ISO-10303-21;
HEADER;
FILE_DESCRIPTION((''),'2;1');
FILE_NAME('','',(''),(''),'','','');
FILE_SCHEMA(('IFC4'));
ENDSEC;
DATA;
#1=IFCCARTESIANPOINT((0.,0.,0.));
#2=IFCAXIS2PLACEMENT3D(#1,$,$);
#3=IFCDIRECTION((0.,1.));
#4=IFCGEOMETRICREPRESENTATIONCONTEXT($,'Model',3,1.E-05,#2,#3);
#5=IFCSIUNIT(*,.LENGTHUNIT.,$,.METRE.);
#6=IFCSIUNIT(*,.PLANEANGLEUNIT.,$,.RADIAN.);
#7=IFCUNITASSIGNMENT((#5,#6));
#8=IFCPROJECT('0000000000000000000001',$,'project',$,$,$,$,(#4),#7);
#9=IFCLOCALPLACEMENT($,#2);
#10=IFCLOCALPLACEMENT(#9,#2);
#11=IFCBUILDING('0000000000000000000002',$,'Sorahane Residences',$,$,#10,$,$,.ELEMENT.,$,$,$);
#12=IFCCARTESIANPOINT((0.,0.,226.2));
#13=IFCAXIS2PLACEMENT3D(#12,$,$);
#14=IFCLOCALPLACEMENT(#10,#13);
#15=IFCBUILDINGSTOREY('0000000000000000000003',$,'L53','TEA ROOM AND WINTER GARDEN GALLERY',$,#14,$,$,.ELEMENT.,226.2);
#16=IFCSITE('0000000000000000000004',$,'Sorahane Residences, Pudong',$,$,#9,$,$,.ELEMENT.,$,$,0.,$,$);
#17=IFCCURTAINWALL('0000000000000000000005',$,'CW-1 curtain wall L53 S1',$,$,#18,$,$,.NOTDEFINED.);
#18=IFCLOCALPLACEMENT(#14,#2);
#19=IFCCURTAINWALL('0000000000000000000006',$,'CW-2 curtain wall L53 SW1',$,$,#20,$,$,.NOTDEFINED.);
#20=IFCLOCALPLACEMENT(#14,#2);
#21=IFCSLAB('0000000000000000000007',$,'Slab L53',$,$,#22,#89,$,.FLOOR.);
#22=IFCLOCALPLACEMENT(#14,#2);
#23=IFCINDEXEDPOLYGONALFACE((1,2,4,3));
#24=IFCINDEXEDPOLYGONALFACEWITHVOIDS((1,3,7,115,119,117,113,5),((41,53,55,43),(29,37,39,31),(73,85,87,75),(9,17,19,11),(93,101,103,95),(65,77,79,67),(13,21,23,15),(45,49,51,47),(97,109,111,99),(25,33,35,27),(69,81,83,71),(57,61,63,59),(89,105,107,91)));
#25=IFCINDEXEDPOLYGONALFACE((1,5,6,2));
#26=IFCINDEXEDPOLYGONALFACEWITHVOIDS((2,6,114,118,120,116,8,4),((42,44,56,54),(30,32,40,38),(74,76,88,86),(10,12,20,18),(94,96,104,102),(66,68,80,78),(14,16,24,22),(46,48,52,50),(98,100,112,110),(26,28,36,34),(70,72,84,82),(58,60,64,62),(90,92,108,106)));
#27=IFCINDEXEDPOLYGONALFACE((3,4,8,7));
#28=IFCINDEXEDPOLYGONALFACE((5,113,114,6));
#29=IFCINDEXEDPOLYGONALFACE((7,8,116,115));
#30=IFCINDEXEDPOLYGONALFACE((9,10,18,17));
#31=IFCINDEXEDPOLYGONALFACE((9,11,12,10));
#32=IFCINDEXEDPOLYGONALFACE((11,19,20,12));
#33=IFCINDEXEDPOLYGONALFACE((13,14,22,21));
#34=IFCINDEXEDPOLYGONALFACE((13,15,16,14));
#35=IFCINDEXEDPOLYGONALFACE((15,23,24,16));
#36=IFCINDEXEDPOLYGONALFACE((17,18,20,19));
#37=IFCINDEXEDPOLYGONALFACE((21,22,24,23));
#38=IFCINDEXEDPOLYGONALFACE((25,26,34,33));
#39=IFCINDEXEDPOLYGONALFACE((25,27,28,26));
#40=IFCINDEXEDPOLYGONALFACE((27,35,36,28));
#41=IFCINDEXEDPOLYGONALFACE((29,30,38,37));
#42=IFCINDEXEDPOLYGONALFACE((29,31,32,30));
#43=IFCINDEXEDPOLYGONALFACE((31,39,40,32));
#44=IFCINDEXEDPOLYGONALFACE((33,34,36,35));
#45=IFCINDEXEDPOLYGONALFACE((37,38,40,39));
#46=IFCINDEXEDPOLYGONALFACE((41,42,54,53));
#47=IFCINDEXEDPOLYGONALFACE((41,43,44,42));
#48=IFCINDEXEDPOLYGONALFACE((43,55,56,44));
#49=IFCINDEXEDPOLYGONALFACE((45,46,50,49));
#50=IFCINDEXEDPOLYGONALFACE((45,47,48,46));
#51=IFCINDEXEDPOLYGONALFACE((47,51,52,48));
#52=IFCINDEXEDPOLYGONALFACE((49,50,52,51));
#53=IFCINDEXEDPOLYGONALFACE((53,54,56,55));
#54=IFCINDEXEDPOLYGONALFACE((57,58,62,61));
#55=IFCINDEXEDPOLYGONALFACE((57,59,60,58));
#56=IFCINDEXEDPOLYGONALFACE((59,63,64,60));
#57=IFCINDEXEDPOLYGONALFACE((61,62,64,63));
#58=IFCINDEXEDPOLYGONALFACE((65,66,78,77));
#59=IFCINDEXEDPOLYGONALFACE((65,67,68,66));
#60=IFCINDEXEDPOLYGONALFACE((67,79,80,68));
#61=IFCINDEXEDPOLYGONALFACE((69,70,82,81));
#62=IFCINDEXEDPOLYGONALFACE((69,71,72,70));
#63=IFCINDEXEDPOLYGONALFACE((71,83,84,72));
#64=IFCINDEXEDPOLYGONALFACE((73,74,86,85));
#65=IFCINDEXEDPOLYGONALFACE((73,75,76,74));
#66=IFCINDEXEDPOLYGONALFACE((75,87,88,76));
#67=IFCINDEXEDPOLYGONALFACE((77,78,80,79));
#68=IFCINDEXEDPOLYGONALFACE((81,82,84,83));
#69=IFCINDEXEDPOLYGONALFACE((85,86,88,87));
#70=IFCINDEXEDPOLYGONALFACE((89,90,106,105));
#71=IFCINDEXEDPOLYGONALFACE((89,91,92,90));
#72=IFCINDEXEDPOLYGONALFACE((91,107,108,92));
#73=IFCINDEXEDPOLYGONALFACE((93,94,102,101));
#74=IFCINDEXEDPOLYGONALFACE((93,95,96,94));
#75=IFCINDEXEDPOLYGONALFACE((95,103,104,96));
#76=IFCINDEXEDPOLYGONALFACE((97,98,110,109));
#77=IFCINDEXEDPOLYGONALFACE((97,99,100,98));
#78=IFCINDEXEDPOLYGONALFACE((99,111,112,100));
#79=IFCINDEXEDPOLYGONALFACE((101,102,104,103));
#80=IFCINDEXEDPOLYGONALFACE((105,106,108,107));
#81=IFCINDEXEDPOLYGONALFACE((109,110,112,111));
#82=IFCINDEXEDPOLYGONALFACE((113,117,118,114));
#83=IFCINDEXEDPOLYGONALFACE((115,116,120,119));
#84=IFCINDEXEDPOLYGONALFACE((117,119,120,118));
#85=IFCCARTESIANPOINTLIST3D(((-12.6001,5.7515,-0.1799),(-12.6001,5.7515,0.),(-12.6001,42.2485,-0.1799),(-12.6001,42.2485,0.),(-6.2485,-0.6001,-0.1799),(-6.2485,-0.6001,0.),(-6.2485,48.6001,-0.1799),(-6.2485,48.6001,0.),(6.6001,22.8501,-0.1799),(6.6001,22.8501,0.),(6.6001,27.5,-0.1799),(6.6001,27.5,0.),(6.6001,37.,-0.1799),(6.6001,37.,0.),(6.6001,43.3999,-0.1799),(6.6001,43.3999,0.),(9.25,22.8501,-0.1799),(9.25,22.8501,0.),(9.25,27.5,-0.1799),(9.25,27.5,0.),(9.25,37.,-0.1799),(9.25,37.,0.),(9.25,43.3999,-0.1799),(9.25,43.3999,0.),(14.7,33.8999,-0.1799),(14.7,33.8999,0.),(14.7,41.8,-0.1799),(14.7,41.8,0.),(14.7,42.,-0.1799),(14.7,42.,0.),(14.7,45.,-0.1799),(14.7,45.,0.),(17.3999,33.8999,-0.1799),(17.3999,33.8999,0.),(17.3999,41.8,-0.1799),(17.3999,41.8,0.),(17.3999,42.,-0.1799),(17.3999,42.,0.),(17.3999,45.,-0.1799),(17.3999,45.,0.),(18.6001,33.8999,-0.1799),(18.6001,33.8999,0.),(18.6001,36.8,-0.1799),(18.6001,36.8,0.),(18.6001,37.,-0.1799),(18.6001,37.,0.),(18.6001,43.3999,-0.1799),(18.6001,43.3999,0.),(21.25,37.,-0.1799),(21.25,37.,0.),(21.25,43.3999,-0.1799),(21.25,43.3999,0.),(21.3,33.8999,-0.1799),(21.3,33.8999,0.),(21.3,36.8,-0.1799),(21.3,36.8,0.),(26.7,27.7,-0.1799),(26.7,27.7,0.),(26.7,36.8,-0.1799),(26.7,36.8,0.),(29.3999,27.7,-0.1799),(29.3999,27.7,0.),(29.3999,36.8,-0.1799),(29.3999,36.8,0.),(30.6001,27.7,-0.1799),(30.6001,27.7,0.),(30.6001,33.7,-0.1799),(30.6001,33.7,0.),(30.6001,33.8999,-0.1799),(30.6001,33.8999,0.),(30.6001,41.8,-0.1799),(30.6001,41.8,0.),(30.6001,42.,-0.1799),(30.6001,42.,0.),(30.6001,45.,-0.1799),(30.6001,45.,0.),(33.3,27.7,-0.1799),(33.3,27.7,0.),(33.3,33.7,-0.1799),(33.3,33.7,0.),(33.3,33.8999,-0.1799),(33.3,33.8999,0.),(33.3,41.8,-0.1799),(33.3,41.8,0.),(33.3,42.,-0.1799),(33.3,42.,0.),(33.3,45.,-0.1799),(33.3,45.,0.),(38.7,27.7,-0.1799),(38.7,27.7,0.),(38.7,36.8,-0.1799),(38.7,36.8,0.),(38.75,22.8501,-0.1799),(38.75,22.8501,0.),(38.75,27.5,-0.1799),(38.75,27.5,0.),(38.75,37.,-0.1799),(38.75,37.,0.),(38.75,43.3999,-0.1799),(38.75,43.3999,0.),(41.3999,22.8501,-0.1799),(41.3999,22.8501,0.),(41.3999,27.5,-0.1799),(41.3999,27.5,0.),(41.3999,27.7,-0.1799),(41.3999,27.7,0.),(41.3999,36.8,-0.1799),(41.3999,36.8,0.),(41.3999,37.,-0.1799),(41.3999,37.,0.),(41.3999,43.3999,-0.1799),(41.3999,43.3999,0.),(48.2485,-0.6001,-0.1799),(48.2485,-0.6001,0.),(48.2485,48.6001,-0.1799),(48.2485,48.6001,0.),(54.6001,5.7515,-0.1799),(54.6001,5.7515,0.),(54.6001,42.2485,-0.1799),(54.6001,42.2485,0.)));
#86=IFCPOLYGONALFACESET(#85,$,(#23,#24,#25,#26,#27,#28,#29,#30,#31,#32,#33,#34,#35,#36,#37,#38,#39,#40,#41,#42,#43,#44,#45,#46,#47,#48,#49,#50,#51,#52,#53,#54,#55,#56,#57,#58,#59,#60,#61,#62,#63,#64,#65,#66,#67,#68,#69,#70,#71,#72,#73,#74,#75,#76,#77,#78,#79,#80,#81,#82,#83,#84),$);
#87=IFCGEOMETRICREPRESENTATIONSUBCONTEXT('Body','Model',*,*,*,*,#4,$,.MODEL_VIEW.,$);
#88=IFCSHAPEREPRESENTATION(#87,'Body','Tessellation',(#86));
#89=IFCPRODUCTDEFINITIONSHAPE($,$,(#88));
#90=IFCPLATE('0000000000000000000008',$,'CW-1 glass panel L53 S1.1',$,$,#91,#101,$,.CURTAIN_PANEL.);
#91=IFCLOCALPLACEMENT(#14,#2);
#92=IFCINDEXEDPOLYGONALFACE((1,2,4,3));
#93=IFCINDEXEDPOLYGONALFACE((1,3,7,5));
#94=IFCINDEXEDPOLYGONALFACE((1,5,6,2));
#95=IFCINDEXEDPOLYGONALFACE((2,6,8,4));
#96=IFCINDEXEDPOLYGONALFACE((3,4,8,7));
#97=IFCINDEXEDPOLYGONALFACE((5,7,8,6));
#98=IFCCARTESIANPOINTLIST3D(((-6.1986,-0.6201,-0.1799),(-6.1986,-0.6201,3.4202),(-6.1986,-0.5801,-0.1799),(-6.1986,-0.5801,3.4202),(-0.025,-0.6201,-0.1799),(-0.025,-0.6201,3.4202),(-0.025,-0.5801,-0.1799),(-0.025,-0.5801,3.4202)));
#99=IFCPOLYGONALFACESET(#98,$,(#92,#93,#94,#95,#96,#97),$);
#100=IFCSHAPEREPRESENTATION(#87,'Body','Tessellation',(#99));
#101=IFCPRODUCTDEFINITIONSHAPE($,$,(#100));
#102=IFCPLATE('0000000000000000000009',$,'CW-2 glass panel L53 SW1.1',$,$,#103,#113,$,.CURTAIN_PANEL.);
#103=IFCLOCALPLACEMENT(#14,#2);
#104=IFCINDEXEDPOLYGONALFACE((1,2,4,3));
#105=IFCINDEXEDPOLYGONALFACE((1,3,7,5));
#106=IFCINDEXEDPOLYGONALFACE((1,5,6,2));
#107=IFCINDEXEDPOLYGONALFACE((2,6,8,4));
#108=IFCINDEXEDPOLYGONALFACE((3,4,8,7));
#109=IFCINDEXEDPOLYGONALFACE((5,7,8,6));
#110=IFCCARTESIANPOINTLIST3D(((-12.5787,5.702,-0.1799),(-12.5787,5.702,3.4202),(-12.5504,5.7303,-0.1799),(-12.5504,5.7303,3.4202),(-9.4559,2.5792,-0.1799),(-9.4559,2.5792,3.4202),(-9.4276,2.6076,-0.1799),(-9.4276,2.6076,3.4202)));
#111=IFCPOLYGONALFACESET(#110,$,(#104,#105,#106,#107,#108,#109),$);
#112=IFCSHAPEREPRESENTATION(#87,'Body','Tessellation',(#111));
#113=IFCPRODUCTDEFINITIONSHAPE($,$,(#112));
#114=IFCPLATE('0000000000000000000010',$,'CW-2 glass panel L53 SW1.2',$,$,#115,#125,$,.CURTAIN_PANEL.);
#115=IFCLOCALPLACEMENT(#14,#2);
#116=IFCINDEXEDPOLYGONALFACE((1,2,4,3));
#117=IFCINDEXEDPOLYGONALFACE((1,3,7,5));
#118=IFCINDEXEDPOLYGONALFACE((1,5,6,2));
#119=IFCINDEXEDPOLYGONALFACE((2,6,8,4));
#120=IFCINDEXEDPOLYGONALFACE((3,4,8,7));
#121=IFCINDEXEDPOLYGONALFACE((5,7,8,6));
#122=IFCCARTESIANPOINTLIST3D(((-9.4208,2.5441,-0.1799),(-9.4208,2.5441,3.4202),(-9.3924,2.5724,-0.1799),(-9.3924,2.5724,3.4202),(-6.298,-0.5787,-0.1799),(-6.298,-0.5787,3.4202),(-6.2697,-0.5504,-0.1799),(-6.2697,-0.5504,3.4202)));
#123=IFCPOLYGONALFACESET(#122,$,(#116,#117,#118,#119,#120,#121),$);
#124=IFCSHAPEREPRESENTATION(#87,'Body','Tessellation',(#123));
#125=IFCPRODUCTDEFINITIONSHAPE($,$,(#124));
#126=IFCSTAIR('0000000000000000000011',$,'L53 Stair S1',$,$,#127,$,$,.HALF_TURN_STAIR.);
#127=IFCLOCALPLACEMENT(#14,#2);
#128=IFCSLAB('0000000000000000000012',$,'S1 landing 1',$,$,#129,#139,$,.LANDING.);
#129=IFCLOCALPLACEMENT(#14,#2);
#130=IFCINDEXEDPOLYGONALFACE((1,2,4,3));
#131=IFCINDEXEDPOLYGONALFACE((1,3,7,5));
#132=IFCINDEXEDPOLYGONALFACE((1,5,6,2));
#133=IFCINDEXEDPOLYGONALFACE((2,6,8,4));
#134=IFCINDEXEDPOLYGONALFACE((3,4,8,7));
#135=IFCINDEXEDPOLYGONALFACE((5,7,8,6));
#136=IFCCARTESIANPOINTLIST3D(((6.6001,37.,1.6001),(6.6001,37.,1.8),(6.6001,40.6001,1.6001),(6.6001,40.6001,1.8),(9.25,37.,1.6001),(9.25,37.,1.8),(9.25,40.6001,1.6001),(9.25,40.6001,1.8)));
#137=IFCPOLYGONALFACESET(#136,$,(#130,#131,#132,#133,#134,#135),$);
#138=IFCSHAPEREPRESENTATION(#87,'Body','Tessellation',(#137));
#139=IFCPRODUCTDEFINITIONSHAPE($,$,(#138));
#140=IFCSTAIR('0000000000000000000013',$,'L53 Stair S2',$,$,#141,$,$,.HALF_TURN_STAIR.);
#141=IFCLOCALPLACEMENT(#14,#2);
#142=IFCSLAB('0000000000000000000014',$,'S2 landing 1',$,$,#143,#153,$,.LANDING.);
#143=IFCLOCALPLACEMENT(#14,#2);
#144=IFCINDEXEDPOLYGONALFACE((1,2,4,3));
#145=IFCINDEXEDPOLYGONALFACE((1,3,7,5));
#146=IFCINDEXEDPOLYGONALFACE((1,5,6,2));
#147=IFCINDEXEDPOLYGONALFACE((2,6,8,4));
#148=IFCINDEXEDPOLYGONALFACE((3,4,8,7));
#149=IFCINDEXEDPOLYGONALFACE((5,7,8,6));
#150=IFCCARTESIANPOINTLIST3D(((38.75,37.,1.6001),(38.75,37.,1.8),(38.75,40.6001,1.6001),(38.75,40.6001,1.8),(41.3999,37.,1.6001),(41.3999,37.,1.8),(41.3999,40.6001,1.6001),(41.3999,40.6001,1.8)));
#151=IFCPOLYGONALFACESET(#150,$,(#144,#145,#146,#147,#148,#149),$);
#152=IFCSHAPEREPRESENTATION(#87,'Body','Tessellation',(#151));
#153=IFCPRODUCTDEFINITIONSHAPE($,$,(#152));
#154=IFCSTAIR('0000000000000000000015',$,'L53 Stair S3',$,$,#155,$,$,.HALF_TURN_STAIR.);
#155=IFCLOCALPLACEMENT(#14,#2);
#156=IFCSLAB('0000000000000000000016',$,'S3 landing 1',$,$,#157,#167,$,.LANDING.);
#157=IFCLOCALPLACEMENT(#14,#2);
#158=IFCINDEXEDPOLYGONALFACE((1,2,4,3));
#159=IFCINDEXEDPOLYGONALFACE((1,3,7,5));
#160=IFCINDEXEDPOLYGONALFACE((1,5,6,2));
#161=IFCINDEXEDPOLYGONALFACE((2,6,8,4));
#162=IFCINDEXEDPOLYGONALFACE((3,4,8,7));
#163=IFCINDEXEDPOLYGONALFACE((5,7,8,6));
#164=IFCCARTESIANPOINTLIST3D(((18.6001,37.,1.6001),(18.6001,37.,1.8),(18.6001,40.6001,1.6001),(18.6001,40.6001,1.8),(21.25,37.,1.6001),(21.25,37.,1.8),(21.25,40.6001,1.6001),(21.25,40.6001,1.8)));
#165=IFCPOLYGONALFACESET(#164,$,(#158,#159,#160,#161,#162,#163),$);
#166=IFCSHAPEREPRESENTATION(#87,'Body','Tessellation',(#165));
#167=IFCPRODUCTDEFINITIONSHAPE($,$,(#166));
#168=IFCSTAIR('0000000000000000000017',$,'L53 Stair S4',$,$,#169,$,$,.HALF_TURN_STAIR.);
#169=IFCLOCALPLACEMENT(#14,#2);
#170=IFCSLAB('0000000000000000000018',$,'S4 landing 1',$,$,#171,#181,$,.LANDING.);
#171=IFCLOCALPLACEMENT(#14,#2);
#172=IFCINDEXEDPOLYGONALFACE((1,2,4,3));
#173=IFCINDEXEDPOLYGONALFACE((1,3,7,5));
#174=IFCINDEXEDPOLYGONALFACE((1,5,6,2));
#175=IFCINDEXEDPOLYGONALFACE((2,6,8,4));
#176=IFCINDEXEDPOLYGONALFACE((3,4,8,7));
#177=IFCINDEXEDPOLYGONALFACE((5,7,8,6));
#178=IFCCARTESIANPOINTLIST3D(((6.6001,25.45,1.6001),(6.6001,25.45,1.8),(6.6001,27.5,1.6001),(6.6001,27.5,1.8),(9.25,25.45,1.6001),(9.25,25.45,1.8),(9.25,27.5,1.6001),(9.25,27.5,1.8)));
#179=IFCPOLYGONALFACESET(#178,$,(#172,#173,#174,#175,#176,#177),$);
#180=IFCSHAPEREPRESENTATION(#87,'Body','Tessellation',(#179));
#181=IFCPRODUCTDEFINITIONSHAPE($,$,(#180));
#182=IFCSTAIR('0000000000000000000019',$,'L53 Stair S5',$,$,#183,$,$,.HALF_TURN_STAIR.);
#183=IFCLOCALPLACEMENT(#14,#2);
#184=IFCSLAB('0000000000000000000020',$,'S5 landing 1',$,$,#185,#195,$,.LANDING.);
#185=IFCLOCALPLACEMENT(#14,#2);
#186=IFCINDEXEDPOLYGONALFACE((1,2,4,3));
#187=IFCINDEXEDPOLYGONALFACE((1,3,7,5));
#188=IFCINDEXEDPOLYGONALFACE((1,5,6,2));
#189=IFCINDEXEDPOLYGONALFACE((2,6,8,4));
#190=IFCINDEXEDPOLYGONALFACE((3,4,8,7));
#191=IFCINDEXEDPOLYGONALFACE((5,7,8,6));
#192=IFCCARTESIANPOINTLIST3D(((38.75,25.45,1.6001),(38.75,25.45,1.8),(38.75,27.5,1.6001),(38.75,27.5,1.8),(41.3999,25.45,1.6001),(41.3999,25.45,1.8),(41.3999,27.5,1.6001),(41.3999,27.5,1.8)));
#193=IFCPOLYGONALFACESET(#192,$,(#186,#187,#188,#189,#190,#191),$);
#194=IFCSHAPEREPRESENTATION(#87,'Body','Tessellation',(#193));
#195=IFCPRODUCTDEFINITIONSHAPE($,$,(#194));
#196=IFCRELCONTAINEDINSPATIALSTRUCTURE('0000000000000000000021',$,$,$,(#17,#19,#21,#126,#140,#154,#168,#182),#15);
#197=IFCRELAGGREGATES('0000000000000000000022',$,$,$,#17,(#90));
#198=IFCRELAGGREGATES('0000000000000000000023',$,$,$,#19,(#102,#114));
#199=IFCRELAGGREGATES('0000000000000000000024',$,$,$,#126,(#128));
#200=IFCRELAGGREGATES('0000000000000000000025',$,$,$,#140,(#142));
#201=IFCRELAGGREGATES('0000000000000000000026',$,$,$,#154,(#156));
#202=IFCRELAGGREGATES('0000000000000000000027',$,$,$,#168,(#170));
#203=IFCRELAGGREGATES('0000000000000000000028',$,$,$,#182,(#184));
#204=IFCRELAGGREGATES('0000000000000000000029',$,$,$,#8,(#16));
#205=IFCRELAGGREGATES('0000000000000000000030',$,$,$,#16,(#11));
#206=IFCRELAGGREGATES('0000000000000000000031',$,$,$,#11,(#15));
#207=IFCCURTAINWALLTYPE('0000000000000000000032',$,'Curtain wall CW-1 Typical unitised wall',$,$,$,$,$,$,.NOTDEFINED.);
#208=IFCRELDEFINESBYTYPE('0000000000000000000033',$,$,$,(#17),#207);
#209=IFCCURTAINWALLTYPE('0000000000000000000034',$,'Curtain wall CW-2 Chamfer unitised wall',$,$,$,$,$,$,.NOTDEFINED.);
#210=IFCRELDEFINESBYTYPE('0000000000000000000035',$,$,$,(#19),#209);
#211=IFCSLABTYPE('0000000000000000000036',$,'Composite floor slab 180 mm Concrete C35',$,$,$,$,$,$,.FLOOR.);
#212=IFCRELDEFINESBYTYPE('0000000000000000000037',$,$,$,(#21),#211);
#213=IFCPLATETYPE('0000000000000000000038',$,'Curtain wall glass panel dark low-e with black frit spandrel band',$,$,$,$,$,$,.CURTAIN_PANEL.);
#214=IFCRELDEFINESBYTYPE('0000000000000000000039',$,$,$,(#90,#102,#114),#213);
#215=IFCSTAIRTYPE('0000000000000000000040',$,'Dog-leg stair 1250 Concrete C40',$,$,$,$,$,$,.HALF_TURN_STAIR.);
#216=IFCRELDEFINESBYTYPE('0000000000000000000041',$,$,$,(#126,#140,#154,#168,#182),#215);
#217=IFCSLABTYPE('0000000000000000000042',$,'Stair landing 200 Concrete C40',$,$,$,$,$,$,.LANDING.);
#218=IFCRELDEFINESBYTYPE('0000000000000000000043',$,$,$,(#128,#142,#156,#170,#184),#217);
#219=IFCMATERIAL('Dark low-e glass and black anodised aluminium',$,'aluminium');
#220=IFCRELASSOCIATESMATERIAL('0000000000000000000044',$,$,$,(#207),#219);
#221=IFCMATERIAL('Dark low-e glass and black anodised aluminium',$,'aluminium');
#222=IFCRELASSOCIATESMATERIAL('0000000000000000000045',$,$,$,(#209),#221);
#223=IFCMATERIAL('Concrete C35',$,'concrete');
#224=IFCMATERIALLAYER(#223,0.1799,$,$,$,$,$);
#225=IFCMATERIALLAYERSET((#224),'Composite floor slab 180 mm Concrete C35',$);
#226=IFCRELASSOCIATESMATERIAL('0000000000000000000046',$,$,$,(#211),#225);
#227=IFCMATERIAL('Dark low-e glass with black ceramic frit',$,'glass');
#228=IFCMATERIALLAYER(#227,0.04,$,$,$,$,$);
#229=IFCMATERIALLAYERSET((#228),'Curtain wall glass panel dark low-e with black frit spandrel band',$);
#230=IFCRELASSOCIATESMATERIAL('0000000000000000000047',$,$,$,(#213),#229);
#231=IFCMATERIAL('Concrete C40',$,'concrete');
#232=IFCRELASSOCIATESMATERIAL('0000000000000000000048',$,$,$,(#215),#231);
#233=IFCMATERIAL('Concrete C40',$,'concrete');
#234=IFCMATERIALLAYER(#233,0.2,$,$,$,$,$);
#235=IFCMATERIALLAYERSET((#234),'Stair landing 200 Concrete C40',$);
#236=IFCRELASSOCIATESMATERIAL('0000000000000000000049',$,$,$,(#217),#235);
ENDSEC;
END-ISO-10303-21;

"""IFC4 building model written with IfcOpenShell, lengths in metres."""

from ifc_helpers import new_model, si_unit, direction, frame, origin, origin_2d, place, context, subcontext, project, spatial, polyline, rectangle, outline, extrude, material, layer, layer_set, type_object, element, aggregate, save


model = new_model("IFC4")

# Units and contexts
model_context = context("Model", 3, precision=1e-05, world=origin(), true_north=direction((0.0, 1.0)))
body_context = subcontext(model_context, "Body", "Model", "MODEL_VIEW")
ifc_project = project(units=[si_unit("LENGTHUNIT", "METRE"), si_unit("PLANEANGLEUNIT", "RADIAN")], contexts=[model_context])

# Site, building, storey
site_placement = place(None, origin())
site = spatial("IfcSite", under=ifc_project, at=site_placement, Name="Sorahane Residences, Pudong", CompositionType="ELEMENT", RefElevation=0.0)
building_placement = place(site_placement, origin())
building = spatial("IfcBuilding", under=site, at=building_placement, Name="Sorahane Residences", CompositionType="ELEMENT")
storey_placement = place(building_placement, frame((0.0, 0.0, 226.2)))
storey = spatial("IfcBuildingStorey", under=building, at=storey_placement, Name="L53", Description="TEA ROOM AND WINTER GARDEN GALLERY", CompositionType="ELEMENT", Elevation=226.2)

# Curtain wall
ifc_material_1 = material(Name="Dark low-e glass and black anodised aluminium", Category="aluminium")
curtain_wall_type_1 = type_object("IfcCurtainWallType", Name="Curtain wall CW-1 Typical unitised wall", PredefinedType="NOTDEFINED", material=ifc_material_1)
curtain_wall_1_placement = place(storey_placement, origin())
curtain_wall_1 = element("IfcCurtainWall", 1, at=curtain_wall_1_placement, inside=storey, type_object=curtain_wall_type_1, Name="CW-1 curtain wall L53 S1", PredefinedType="NOTDEFINED")

# Curtain wall
ifc_material_2 = material(Name="Dark low-e glass and black anodised aluminium", Category="aluminium")
curtain_wall_type_2 = type_object("IfcCurtainWallType", Name="Curtain wall CW-2 Chamfer unitised wall", PredefinedType="NOTDEFINED", material=ifc_material_2)
curtain_wall_2_placement = place(storey_placement, origin())
curtain_wall_2 = element("IfcCurtainWall", 2, at=curtain_wall_2_placement, inside=storey, type_object=curtain_wall_type_2, Name="CW-2 curtain wall L53 SW1", PredefinedType="NOTDEFINED")

# Slab
ifc_material_3 = material(Name="Concrete C35", Category="concrete")
ifc_layer_1 = layer(ifc_material_3, 0.1799)
ifc_layer_set_1 = layer_set([ifc_layer_1], Name="Composite floor slab 180 mm Concrete C35")
slab_type_1 = type_object("IfcSlabType", Name="Composite floor slab 180 mm Concrete C35", PredefinedType="FLOOR", material=ifc_layer_set_1)
slab_1_placement = place(storey_placement, frame((0.0, 0.0, -0.1799)))
element("IfcSlab", 3, at=slab_1_placement, inside=storey, type_object=slab_type_1, Name="Slab L53", PredefinedType="FLOOR", context=body_context, shape_type="SweptSolid", body=[
    extrude(outline(polyline([(-6.2485, -0.6001), (-12.6001, 5.7515), (-12.6001, 42.2485), (-6.2485, 48.6001), (48.2485, 48.6001), (54.6001, 42.2485), (54.6001, 5.7515), (48.2485, -0.6001), (-6.2485, -0.6001)]), holes=[polyline([(38.7, 27.7), (41.3999, 27.7), (41.3999, 36.8), (38.7, 36.8), (38.7, 27.7)]), polyline([(30.6001, 27.7), (33.3, 27.7), (33.3, 33.7), (30.6001, 33.7), (30.6001, 27.7)]), polyline([(30.6001, 42.0), (33.3, 42.0), (33.3, 45.0), (30.6001, 45.0), (30.6001, 42.0)]), polyline([(14.7, 42.0), (17.3999, 42.0), (17.3999, 45.0), (14.7, 45.0), (14.7, 42.0)]), polyline([(6.6001, 43.3999), (6.6001, 37.0), (9.25, 37.0), (9.25, 43.3999), (6.6001, 43.3999)]), polyline([(38.75, 43.3999), (38.75, 37.0), (41.3999, 37.0), (41.3999, 43.3999), (38.75, 43.3999)]), polyline([(18.6001, 43.3999), (18.6001, 37.0), (21.25, 37.0), (21.25, 43.3999), (18.6001, 43.3999)]), polyline([(9.25, 22.8501), (9.25, 27.5), (6.6001, 27.5), (6.6001, 22.8501), (9.25, 22.8501)]), polyline([(41.3999, 22.8501), (41.3999, 27.5), (38.75, 27.5), (38.75, 22.8501), (41.3999, 22.8501)]), polyline([(14.7, 33.8999), (17.3999, 33.8999), (17.3999, 41.8), (14.7, 41.8), (14.7, 33.8999)]), polyline([(30.6001, 33.8999), (33.3, 33.8999), (33.3, 41.8), (30.6001, 41.8), (30.6001, 33.8999)]), polyline([(18.6001, 33.8999), (21.3, 33.8999), (21.3, 36.8), (18.6001, 36.8), (18.6001, 33.8999)]), polyline([(26.7, 27.7), (29.3999, 27.7), (29.3999, 36.8), (26.7, 36.8), (26.7, 27.7)])]), origin(), (0.0, 0.0, 1.0), 0.1799),
])

# Plates
ifc_material_4 = material(Name="Dark low-e glass with black ceramic frit", Category="glass")
ifc_layer_2 = layer(ifc_material_4, 0.04)
ifc_layer_set_2 = layer_set([ifc_layer_2], Name="Curtain wall glass panel dark low-e with black frit spandrel band")
plate_type = type_object("IfcPlateType", Name="Curtain wall glass panel dark low-e with black frit spandrel band", PredefinedType="CURTAIN_PANEL", material=ifc_layer_set_2)
plate_1_placement = place(storey_placement, frame((-3.1118, -0.6001, -0.1799), z_axis=(0.0, 0.0, 1.0), x_axis=(1.0, 0.0, 0.0)))
plate_1 = element("IfcPlate", 4, at=plate_1_placement, type_object=plate_type, Name="CW-1 glass panel L53 S1.1", PredefinedType="CURTAIN_PANEL", context=body_context, shape_type="SweptSolid", body=[
    extrude(rectangle(XDim=6.1736, YDim=0.04, at=origin_2d()), origin(), (0.0, 0.0, 1.0), 3.6001),
])
aggregate(curtain_wall_1, [plate_1])
plate_2_placement = place(storey_placement, frame((-11.0032, 4.1548, -0.1799), z_axis=(0.0, 0.0, 1.0), x_axis=(0.707107, -0.707107, 0.0)))
plate_2 = element("IfcPlate", 5, at=plate_2_placement, type_object=plate_type, Name="CW-2 glass panel L53 SW1.1", PredefinedType="CURTAIN_PANEL", context=body_context, shape_type="SweptSolid", body=[
    extrude(rectangle(XDim=4.4163, YDim=0.04, at=origin_2d()), origin(), (0.0, 0.0, 1.0), 3.6001),
])
plate_3_placement = place(storey_placement, frame((-7.8452, 0.9968, -0.1799), z_axis=(0.0, 0.0, 1.0), x_axis=(0.707107, -0.707107, 0.0)))
plate_3 = element("IfcPlate", 6, at=plate_3_placement, type_object=plate_type, Name="CW-2 glass panel L53 SW1.2", PredefinedType="CURTAIN_PANEL", context=body_context, shape_type="SweptSolid", body=[
    extrude(rectangle(XDim=4.4163, YDim=0.04, at=origin_2d()), origin(), (0.0, 0.0, 1.0), 3.6001),
])
aggregate(curtain_wall_2, [plate_2, plate_3])

# Stairs, slabs
ifc_material_5 = material(Name="Concrete C40", Category="concrete")
stair_type = type_object("IfcStairType", Name="Dog-leg stair 1250 Concrete C40", PredefinedType="HALF_TURN_STAIR", material=ifc_material_5)
stair_1_placement = place(storey_placement, origin())
stair_1 = element("IfcStair", 7, at=stair_1_placement, inside=storey, type_object=stair_type, Name="L53 Stair S1", PredefinedType="HALF_TURN_STAIR")
ifc_material_6 = material(Name="Concrete C40", Category="concrete")
ifc_layer_3 = layer(ifc_material_6, 0.2)
ifc_layer_set_3 = layer_set([ifc_layer_3], Name="Stair landing 200 Concrete C40")
slab_type_2 = type_object("IfcSlabType", Name="Stair landing 200 Concrete C40", PredefinedType="LANDING", material=ifc_layer_set_3)
slab_2_placement = place(storey_placement, frame((0.0, 0.0, 1.6001)))
slab_2 = element("IfcSlab", 8, at=slab_2_placement, type_object=slab_type_2, Name="S1 landing 1", PredefinedType="LANDING", context=body_context, shape_type="SweptSolid", body=[
    extrude(outline(polyline([(6.6001, 40.6001), (6.6001, 37.0), (9.25, 37.0), (9.25, 40.6001), (6.6001, 40.6001)])), origin(), (0.0, 0.0, 1.0), 0.2),
])
aggregate(stair_1, [slab_2])
stair_2_placement = place(storey_placement, origin())
stair_2 = element("IfcStair", 9, at=stair_2_placement, inside=storey, type_object=stair_type, Name="L53 Stair S2", PredefinedType="HALF_TURN_STAIR")
slab_3_placement = place(storey_placement, frame((0.0, 0.0, 1.6001)))
slab_3 = element("IfcSlab", 10, at=slab_3_placement, type_object=slab_type_2, Name="S2 landing 1", PredefinedType="LANDING", context=body_context, shape_type="SweptSolid", body=[
    extrude(outline(polyline([(38.75, 40.6001), (38.75, 37.0), (41.3999, 37.0), (41.3999, 40.6001), (38.75, 40.6001)])), origin(), (0.0, 0.0, 1.0), 0.2),
])
aggregate(stair_2, [slab_3])
stair_3_placement = place(storey_placement, origin())
stair_3 = element("IfcStair", 11, at=stair_3_placement, inside=storey, type_object=stair_type, Name="L53 Stair S3", PredefinedType="HALF_TURN_STAIR")
slab_4_placement = place(storey_placement, frame((0.0, 0.0, 1.6001)))
slab_4 = element("IfcSlab", 12, at=slab_4_placement, type_object=slab_type_2, Name="S3 landing 1", PredefinedType="LANDING", context=body_context, shape_type="SweptSolid", body=[
    extrude(outline(polyline([(18.6001, 40.6001), (18.6001, 37.0), (21.25, 37.0), (21.25, 40.6001), (18.6001, 40.6001)])), origin(), (0.0, 0.0, 1.0), 0.2),
])
aggregate(stair_3, [slab_4])
stair_4_placement = place(storey_placement, origin())
stair_4 = element("IfcStair", 13, at=stair_4_placement, inside=storey, type_object=stair_type, Name="L53 Stair S4", PredefinedType="HALF_TURN_STAIR")
slab_5_placement = place(storey_placement, frame((0.0, 0.0, 1.6001)))
slab_5 = element("IfcSlab", 14, at=slab_5_placement, type_object=slab_type_2, Name="S4 landing 1", PredefinedType="LANDING", context=body_context, shape_type="SweptSolid", body=[
    extrude(outline(polyline([(9.25, 25.45), (9.25, 27.5), (6.6001, 27.5), (6.6001, 25.45), (9.25, 25.45)])), origin(), (0.0, 0.0, 1.0), 0.2),
])
aggregate(stair_4, [slab_5])
stair_5_placement = place(storey_placement, origin())
stair_5 = element("IfcStair", 15, at=stair_5_placement, inside=storey, type_object=stair_type, Name="L53 Stair S5", PredefinedType="HALF_TURN_STAIR")
slab_6_placement = place(storey_placement, frame((0.0, 0.0, 1.6001)))
slab_6 = element("IfcSlab", 16, at=slab_6_placement, type_object=slab_type_2, Name="S5 landing 1", PredefinedType="LANDING", context=body_context, shape_type="SweptSolid", body=[
    extrude(outline(polyline([(41.3999, 25.45), (41.3999, 27.5), (38.75, 27.5), (38.75, 25.45), (41.3999, 25.45)])), origin(), (0.0, 0.0, 1.0), 0.2),
])
aggregate(stair_5, [slab_6])

save(model, "model.ifc")
